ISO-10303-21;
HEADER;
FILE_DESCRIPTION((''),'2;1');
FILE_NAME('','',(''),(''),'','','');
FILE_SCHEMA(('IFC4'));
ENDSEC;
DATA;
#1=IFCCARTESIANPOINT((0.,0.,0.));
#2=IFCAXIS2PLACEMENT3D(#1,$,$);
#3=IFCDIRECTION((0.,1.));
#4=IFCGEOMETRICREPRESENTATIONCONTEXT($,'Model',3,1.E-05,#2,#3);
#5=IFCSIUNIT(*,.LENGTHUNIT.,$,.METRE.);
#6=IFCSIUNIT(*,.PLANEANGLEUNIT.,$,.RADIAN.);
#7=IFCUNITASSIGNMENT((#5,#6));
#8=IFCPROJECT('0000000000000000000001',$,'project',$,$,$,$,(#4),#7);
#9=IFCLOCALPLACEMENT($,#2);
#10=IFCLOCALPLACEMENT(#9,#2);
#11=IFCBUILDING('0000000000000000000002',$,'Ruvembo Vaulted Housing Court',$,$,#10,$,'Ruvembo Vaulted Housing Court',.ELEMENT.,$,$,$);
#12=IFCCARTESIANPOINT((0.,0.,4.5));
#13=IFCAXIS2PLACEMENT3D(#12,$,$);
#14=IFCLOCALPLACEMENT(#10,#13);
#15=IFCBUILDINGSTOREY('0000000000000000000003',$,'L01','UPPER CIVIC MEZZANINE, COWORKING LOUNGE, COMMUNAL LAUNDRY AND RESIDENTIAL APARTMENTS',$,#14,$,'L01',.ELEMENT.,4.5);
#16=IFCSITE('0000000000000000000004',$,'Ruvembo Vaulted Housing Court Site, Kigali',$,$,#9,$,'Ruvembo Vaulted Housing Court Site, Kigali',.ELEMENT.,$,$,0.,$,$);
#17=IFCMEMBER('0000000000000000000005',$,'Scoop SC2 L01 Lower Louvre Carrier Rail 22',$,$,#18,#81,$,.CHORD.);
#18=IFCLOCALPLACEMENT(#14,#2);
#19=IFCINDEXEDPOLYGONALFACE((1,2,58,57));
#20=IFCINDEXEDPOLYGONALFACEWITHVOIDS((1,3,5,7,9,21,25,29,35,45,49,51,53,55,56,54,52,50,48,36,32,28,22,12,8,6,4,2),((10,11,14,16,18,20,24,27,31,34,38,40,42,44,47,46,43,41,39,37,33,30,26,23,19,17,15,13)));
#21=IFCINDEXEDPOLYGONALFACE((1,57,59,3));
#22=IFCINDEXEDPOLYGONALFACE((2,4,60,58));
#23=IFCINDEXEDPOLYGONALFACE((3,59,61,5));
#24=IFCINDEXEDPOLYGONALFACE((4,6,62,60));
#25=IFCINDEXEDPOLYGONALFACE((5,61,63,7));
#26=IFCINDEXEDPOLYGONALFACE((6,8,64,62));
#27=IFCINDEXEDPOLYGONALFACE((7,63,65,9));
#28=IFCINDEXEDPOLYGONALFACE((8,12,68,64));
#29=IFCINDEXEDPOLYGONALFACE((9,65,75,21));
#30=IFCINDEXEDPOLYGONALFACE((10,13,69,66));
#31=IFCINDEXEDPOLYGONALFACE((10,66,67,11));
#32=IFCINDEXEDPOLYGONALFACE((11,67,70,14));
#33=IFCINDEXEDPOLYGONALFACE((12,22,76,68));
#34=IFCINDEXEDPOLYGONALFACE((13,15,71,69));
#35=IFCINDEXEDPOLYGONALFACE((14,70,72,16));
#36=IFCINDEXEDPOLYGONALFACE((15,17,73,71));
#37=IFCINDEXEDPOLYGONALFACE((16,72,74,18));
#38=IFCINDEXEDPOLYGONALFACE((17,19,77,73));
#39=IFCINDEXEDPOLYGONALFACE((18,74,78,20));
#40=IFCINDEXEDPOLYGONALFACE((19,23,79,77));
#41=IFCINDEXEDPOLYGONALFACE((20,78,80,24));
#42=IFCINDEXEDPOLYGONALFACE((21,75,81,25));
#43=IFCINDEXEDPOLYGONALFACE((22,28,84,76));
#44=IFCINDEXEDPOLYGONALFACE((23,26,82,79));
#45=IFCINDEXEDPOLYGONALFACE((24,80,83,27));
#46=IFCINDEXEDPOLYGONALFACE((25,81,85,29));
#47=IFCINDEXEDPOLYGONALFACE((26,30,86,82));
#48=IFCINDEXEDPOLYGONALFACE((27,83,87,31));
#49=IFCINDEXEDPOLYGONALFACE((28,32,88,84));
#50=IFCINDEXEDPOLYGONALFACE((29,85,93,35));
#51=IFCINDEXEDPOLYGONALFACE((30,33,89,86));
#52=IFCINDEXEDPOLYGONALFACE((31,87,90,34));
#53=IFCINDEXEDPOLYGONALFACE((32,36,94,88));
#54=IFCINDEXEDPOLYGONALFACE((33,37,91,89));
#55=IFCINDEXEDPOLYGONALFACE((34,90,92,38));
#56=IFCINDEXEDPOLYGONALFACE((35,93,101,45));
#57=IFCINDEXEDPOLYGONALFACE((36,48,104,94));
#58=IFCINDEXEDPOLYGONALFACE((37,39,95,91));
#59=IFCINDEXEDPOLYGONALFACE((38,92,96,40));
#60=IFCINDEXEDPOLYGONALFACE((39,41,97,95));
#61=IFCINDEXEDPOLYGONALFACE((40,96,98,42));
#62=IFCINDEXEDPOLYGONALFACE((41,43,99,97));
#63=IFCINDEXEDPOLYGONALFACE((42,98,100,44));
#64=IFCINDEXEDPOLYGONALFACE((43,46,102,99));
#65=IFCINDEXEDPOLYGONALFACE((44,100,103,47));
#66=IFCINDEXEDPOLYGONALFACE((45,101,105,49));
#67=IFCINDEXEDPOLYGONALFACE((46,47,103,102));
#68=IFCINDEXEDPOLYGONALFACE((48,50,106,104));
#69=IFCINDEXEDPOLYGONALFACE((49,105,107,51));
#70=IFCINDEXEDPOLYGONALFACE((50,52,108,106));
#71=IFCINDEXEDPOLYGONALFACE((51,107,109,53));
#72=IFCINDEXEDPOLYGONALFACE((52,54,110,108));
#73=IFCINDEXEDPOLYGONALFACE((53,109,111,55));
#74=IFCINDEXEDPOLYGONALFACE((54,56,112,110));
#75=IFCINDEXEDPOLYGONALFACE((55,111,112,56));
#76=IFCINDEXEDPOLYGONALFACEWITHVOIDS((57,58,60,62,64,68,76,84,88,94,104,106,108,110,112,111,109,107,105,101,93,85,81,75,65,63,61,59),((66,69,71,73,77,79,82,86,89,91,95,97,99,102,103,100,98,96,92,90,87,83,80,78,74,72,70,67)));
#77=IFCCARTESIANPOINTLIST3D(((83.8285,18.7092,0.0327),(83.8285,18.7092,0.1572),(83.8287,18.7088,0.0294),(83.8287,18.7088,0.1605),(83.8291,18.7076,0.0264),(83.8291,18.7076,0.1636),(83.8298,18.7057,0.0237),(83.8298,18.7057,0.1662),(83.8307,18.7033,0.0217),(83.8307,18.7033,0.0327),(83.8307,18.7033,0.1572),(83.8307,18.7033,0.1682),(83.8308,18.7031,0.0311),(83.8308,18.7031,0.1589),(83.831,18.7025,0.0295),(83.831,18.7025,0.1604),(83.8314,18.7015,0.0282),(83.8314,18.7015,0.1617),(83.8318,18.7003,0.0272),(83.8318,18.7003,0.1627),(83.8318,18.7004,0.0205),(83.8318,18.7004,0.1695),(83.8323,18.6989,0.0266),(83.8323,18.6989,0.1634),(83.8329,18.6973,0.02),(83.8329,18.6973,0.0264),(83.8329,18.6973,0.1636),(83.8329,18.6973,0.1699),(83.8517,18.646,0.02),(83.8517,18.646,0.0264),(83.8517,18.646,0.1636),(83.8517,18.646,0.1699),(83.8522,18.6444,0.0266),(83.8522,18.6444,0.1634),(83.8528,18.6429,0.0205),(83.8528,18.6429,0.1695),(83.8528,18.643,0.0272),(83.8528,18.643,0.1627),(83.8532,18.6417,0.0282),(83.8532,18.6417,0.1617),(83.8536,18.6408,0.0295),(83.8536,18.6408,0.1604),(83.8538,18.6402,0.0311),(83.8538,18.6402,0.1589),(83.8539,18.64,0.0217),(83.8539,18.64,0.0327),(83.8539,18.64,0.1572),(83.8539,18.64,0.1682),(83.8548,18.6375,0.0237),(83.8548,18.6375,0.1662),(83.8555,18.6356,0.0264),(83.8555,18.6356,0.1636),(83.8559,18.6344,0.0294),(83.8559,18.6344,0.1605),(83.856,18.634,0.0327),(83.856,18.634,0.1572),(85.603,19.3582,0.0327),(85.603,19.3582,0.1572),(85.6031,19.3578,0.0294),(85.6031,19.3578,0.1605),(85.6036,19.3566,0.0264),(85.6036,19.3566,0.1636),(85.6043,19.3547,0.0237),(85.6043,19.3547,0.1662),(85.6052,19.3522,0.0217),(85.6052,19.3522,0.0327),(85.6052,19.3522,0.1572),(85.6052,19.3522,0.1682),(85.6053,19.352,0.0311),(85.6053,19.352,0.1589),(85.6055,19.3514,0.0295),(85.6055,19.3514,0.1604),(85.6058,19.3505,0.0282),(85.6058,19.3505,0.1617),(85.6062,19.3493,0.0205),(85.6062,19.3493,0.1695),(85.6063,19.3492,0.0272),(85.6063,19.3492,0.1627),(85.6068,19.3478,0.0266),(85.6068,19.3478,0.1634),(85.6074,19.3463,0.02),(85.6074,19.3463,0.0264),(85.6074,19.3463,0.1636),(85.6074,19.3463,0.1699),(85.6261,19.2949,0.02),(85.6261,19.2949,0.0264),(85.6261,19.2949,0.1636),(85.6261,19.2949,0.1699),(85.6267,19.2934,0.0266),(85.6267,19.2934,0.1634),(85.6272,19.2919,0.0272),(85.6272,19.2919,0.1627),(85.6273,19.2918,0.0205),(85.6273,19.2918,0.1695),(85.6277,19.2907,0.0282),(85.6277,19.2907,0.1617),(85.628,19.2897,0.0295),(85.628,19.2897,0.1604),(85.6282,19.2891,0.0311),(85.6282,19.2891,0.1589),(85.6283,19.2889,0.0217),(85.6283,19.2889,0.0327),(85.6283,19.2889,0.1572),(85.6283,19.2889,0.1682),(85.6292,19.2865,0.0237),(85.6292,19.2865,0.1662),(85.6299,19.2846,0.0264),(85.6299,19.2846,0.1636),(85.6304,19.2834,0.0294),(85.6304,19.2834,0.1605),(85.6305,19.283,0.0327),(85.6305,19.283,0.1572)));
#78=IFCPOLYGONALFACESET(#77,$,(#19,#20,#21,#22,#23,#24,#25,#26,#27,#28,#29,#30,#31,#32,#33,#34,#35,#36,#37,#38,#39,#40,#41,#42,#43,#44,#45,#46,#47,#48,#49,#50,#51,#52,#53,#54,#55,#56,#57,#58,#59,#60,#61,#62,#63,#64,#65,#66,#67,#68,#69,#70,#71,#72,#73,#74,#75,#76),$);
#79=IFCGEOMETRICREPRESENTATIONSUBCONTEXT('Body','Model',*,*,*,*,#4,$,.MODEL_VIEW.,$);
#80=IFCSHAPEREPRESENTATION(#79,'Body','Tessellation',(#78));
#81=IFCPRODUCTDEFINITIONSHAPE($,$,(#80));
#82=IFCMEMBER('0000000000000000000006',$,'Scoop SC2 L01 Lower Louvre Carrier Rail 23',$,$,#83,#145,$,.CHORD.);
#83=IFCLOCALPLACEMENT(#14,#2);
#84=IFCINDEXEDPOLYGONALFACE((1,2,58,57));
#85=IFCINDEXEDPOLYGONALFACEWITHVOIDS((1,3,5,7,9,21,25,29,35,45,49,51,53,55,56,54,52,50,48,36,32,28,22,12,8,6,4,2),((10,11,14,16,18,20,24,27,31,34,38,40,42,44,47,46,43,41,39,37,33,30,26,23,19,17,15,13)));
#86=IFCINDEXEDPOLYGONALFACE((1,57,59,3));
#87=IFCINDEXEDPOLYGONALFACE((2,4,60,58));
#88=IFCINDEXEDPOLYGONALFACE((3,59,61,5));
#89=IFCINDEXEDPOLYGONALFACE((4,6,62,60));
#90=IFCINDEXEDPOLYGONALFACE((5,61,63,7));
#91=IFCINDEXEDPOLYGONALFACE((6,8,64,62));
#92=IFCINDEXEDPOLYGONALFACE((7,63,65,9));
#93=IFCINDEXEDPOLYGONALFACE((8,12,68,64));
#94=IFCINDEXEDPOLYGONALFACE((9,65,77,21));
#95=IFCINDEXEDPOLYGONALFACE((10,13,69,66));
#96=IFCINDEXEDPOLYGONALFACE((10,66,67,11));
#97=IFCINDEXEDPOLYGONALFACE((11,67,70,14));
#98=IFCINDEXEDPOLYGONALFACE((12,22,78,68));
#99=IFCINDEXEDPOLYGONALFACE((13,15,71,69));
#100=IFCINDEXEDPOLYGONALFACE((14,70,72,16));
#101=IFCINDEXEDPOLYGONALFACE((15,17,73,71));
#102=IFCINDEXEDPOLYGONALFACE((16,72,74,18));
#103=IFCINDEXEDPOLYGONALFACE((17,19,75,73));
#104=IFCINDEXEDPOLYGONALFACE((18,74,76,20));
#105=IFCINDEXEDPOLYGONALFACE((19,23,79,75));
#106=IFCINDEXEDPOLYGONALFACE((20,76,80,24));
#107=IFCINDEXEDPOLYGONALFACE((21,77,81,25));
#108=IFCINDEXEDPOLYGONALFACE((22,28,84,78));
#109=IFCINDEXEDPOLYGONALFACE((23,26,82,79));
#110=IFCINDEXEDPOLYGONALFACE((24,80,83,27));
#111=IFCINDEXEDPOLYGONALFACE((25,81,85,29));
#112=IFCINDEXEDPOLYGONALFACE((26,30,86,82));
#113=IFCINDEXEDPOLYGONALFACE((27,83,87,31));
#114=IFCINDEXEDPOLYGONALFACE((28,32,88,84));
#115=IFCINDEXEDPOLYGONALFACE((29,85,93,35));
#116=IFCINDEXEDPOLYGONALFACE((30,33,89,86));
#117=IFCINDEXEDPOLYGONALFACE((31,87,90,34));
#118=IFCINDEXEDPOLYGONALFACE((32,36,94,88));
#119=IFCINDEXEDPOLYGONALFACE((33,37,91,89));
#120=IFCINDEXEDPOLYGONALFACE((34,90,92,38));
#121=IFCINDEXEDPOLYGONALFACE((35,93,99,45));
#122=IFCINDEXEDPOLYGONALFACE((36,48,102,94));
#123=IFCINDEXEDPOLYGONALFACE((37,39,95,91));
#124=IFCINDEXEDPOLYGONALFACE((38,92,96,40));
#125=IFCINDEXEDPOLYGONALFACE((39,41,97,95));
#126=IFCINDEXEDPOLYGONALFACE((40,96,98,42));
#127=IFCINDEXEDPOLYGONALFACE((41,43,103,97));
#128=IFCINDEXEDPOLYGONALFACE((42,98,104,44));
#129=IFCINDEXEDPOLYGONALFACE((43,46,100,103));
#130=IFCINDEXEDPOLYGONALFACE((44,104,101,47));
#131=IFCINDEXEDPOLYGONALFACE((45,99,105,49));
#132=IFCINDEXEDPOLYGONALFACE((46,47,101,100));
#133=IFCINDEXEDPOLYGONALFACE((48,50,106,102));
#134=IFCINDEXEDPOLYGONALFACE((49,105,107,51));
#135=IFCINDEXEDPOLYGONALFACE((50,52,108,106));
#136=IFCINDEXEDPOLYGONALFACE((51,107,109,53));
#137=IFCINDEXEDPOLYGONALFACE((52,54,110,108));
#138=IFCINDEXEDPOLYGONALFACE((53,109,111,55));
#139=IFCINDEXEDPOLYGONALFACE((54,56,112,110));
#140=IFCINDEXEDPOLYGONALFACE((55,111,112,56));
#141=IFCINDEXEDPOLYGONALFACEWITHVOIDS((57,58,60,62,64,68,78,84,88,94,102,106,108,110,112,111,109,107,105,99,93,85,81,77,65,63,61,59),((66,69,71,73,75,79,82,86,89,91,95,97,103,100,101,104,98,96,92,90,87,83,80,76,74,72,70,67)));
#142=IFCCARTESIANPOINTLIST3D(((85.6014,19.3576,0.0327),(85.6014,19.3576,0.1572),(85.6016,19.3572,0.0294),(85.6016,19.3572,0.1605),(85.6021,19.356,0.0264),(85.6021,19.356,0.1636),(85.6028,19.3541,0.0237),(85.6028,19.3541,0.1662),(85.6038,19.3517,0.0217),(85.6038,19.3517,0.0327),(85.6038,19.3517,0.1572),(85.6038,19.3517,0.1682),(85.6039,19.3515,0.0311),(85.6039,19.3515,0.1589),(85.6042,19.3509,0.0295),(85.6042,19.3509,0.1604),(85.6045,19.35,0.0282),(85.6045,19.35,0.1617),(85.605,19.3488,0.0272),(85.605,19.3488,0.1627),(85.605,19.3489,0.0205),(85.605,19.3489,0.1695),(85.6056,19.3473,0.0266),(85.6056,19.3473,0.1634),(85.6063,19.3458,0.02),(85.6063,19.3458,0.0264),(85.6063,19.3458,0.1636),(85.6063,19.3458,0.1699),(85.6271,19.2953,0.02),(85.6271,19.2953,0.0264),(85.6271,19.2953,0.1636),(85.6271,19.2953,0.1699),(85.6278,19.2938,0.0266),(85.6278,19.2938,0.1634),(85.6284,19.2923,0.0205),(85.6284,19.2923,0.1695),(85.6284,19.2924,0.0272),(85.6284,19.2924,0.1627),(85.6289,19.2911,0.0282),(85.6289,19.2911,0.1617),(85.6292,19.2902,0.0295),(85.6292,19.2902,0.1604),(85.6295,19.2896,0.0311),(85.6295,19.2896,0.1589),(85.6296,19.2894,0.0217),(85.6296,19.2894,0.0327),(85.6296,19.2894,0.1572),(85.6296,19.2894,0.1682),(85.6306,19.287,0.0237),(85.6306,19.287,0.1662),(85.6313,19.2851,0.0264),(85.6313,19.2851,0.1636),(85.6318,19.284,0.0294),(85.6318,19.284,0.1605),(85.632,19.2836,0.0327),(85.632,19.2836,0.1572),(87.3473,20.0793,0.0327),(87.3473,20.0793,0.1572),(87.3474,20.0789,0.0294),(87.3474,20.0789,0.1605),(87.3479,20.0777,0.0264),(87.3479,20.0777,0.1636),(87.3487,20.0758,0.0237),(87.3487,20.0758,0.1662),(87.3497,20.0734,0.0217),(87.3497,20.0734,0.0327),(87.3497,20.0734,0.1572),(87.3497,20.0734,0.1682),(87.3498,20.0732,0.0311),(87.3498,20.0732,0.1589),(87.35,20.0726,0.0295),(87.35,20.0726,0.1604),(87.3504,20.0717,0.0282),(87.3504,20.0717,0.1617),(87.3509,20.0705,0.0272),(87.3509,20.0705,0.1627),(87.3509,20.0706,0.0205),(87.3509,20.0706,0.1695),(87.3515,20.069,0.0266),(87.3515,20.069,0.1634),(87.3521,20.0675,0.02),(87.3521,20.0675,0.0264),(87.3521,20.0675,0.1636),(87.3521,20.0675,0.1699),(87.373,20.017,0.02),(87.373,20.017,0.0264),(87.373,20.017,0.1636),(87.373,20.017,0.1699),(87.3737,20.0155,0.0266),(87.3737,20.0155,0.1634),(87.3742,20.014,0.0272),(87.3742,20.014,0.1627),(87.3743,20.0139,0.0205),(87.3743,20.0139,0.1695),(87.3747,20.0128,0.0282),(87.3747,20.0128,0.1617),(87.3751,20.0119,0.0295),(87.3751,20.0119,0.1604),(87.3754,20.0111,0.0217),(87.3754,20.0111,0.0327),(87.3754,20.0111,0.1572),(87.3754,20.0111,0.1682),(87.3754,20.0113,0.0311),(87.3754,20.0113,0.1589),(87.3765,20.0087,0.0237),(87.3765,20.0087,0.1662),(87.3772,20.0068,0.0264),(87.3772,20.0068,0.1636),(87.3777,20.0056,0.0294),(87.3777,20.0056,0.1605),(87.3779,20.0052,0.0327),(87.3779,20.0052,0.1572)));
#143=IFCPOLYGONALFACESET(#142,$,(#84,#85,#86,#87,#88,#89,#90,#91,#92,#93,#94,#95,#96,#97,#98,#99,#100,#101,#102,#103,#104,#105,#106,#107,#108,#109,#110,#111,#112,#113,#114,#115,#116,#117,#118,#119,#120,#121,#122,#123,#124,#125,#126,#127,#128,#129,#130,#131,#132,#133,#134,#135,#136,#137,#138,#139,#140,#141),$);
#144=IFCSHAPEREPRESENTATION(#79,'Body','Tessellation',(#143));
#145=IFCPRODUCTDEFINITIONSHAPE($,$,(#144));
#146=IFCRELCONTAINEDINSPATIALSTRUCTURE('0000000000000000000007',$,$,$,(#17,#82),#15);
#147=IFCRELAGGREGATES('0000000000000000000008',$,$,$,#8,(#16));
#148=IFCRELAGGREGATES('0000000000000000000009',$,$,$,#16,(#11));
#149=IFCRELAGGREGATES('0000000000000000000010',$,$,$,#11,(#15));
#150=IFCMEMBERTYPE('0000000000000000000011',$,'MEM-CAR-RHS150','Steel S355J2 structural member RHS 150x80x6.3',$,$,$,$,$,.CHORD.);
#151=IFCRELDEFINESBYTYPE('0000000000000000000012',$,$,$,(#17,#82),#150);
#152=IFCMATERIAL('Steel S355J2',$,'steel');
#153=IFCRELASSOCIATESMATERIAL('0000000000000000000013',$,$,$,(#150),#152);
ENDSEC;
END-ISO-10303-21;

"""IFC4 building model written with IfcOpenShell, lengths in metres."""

from ifc_helpers import new_model, si_unit, direction, frame, origin, origin_2d, place, context, subcontext, project, spatial, hollow_rectangle, extrude, material, material_profile, profile_set, type_object, element, save


model = new_model("IFC4")

# Units and contexts
model_context = context("Model", 3, precision=1e-05, world=origin(), true_north=direction((0.0, 1.0)))
body_context = subcontext(model_context, "Body", "Model", "MODEL_VIEW")
ifc_project = project(units=[si_unit("LENGTHUNIT", "METRE"), si_unit("PLANEANGLEUNIT", "RADIAN")], contexts=[model_context])

# Site, building, storey
site_placement = place(None, origin())
site = spatial("IfcSite", under=ifc_project, at=site_placement, Name="Ruvembo Vaulted Housing Court Site, Kigali", LongName="Ruvembo Vaulted Housing Court Site, Kigali", CompositionType="ELEMENT", RefElevation=0.0)
building_placement = place(site_placement, origin())
building = spatial("IfcBuilding", under=site, at=building_placement, Name="Ruvembo Vaulted Housing Court", LongName="Ruvembo Vaulted Housing Court", CompositionType="ELEMENT")
storey_placement = place(building_placement, frame((0.0, 0.0, 4.5)))
storey = spatial("IfcBuildingStorey", under=building, at=storey_placement, Name="L01", Description="UPPER CIVIC MEZZANINE, COWORKING LOUNGE, COMMUNAL LAUNDRY AND RESIDENTIAL APARTMENTS", LongName="L01", CompositionType="ELEMENT", Elevation=4.5)

# Shared definitions
ifc_material_1 = material(Name="Steel S355J2", Category="steel")

# Members
ifc_material_profile_1 = material_profile(ifc_material_1, hollow_rectangle(XDim=0.0801, YDim=0.1499, WallThickness=0.0063, InnerFilletRadius=0.0063, OuterFilletRadius=0.0127, at=origin_2d()), Name="RHS 150x80x6.3")
ifc_profile_set_1 = profile_set([ifc_material_profile_1], Name="Steel S355J2")
member_type_1 = type_object("IfcMemberType", Name="MEM-CAR-RHS150", Description="Steel S355J2 structural member RHS 150x80x6.3", PredefinedType="CHORD", material=ifc_profile_set_1)
member_1_placement = place(storey_placement, frame((83.8423, 18.6716, 0.095), z_axis=(0.939166, 0.343465, 0.0), x_axis=(-0.343465, 0.939166, 0.0)))
element("IfcMember", 1, at=member_1_placement, inside=storey, type_object=member_type_1, Name="Scoop SC2 L01 Lower Louvre Carrier Rail 22", PredefinedType="CHORD", context=body_context, shape_type="SweptSolid", body=[
    extrude(hollow_rectangle(XDim=0.0801, YDim=0.1499, WallThickness=0.0063, InnerFilletRadius=0.0063, OuterFilletRadius=0.0127, at=origin_2d()), origin(), (0.0, 0.0, 1.0), 1.8894),
])
member_2_placement = place(storey_placement, frame((85.6167, 19.3206, 0.095), z_axis=(0.924155, 0.382017, 0.0), x_axis=(-0.382017, 0.924155, 0.0)))
element("IfcMember", 2, at=member_2_placement, inside=storey, type_object=member_type_1, Name="Scoop SC2 L01 Lower Louvre Carrier Rail 23", PredefinedType="CHORD", context=body_context, shape_type="SweptSolid", body=[
    extrude(hollow_rectangle(XDim=0.0801, YDim=0.1499, WallThickness=0.0063, InnerFilletRadius=0.0063, OuterFilletRadius=0.0127, at=origin_2d()), origin(), (0.0, 0.0, 1.0), 1.8892),
])

save(model, "model.ifc")
